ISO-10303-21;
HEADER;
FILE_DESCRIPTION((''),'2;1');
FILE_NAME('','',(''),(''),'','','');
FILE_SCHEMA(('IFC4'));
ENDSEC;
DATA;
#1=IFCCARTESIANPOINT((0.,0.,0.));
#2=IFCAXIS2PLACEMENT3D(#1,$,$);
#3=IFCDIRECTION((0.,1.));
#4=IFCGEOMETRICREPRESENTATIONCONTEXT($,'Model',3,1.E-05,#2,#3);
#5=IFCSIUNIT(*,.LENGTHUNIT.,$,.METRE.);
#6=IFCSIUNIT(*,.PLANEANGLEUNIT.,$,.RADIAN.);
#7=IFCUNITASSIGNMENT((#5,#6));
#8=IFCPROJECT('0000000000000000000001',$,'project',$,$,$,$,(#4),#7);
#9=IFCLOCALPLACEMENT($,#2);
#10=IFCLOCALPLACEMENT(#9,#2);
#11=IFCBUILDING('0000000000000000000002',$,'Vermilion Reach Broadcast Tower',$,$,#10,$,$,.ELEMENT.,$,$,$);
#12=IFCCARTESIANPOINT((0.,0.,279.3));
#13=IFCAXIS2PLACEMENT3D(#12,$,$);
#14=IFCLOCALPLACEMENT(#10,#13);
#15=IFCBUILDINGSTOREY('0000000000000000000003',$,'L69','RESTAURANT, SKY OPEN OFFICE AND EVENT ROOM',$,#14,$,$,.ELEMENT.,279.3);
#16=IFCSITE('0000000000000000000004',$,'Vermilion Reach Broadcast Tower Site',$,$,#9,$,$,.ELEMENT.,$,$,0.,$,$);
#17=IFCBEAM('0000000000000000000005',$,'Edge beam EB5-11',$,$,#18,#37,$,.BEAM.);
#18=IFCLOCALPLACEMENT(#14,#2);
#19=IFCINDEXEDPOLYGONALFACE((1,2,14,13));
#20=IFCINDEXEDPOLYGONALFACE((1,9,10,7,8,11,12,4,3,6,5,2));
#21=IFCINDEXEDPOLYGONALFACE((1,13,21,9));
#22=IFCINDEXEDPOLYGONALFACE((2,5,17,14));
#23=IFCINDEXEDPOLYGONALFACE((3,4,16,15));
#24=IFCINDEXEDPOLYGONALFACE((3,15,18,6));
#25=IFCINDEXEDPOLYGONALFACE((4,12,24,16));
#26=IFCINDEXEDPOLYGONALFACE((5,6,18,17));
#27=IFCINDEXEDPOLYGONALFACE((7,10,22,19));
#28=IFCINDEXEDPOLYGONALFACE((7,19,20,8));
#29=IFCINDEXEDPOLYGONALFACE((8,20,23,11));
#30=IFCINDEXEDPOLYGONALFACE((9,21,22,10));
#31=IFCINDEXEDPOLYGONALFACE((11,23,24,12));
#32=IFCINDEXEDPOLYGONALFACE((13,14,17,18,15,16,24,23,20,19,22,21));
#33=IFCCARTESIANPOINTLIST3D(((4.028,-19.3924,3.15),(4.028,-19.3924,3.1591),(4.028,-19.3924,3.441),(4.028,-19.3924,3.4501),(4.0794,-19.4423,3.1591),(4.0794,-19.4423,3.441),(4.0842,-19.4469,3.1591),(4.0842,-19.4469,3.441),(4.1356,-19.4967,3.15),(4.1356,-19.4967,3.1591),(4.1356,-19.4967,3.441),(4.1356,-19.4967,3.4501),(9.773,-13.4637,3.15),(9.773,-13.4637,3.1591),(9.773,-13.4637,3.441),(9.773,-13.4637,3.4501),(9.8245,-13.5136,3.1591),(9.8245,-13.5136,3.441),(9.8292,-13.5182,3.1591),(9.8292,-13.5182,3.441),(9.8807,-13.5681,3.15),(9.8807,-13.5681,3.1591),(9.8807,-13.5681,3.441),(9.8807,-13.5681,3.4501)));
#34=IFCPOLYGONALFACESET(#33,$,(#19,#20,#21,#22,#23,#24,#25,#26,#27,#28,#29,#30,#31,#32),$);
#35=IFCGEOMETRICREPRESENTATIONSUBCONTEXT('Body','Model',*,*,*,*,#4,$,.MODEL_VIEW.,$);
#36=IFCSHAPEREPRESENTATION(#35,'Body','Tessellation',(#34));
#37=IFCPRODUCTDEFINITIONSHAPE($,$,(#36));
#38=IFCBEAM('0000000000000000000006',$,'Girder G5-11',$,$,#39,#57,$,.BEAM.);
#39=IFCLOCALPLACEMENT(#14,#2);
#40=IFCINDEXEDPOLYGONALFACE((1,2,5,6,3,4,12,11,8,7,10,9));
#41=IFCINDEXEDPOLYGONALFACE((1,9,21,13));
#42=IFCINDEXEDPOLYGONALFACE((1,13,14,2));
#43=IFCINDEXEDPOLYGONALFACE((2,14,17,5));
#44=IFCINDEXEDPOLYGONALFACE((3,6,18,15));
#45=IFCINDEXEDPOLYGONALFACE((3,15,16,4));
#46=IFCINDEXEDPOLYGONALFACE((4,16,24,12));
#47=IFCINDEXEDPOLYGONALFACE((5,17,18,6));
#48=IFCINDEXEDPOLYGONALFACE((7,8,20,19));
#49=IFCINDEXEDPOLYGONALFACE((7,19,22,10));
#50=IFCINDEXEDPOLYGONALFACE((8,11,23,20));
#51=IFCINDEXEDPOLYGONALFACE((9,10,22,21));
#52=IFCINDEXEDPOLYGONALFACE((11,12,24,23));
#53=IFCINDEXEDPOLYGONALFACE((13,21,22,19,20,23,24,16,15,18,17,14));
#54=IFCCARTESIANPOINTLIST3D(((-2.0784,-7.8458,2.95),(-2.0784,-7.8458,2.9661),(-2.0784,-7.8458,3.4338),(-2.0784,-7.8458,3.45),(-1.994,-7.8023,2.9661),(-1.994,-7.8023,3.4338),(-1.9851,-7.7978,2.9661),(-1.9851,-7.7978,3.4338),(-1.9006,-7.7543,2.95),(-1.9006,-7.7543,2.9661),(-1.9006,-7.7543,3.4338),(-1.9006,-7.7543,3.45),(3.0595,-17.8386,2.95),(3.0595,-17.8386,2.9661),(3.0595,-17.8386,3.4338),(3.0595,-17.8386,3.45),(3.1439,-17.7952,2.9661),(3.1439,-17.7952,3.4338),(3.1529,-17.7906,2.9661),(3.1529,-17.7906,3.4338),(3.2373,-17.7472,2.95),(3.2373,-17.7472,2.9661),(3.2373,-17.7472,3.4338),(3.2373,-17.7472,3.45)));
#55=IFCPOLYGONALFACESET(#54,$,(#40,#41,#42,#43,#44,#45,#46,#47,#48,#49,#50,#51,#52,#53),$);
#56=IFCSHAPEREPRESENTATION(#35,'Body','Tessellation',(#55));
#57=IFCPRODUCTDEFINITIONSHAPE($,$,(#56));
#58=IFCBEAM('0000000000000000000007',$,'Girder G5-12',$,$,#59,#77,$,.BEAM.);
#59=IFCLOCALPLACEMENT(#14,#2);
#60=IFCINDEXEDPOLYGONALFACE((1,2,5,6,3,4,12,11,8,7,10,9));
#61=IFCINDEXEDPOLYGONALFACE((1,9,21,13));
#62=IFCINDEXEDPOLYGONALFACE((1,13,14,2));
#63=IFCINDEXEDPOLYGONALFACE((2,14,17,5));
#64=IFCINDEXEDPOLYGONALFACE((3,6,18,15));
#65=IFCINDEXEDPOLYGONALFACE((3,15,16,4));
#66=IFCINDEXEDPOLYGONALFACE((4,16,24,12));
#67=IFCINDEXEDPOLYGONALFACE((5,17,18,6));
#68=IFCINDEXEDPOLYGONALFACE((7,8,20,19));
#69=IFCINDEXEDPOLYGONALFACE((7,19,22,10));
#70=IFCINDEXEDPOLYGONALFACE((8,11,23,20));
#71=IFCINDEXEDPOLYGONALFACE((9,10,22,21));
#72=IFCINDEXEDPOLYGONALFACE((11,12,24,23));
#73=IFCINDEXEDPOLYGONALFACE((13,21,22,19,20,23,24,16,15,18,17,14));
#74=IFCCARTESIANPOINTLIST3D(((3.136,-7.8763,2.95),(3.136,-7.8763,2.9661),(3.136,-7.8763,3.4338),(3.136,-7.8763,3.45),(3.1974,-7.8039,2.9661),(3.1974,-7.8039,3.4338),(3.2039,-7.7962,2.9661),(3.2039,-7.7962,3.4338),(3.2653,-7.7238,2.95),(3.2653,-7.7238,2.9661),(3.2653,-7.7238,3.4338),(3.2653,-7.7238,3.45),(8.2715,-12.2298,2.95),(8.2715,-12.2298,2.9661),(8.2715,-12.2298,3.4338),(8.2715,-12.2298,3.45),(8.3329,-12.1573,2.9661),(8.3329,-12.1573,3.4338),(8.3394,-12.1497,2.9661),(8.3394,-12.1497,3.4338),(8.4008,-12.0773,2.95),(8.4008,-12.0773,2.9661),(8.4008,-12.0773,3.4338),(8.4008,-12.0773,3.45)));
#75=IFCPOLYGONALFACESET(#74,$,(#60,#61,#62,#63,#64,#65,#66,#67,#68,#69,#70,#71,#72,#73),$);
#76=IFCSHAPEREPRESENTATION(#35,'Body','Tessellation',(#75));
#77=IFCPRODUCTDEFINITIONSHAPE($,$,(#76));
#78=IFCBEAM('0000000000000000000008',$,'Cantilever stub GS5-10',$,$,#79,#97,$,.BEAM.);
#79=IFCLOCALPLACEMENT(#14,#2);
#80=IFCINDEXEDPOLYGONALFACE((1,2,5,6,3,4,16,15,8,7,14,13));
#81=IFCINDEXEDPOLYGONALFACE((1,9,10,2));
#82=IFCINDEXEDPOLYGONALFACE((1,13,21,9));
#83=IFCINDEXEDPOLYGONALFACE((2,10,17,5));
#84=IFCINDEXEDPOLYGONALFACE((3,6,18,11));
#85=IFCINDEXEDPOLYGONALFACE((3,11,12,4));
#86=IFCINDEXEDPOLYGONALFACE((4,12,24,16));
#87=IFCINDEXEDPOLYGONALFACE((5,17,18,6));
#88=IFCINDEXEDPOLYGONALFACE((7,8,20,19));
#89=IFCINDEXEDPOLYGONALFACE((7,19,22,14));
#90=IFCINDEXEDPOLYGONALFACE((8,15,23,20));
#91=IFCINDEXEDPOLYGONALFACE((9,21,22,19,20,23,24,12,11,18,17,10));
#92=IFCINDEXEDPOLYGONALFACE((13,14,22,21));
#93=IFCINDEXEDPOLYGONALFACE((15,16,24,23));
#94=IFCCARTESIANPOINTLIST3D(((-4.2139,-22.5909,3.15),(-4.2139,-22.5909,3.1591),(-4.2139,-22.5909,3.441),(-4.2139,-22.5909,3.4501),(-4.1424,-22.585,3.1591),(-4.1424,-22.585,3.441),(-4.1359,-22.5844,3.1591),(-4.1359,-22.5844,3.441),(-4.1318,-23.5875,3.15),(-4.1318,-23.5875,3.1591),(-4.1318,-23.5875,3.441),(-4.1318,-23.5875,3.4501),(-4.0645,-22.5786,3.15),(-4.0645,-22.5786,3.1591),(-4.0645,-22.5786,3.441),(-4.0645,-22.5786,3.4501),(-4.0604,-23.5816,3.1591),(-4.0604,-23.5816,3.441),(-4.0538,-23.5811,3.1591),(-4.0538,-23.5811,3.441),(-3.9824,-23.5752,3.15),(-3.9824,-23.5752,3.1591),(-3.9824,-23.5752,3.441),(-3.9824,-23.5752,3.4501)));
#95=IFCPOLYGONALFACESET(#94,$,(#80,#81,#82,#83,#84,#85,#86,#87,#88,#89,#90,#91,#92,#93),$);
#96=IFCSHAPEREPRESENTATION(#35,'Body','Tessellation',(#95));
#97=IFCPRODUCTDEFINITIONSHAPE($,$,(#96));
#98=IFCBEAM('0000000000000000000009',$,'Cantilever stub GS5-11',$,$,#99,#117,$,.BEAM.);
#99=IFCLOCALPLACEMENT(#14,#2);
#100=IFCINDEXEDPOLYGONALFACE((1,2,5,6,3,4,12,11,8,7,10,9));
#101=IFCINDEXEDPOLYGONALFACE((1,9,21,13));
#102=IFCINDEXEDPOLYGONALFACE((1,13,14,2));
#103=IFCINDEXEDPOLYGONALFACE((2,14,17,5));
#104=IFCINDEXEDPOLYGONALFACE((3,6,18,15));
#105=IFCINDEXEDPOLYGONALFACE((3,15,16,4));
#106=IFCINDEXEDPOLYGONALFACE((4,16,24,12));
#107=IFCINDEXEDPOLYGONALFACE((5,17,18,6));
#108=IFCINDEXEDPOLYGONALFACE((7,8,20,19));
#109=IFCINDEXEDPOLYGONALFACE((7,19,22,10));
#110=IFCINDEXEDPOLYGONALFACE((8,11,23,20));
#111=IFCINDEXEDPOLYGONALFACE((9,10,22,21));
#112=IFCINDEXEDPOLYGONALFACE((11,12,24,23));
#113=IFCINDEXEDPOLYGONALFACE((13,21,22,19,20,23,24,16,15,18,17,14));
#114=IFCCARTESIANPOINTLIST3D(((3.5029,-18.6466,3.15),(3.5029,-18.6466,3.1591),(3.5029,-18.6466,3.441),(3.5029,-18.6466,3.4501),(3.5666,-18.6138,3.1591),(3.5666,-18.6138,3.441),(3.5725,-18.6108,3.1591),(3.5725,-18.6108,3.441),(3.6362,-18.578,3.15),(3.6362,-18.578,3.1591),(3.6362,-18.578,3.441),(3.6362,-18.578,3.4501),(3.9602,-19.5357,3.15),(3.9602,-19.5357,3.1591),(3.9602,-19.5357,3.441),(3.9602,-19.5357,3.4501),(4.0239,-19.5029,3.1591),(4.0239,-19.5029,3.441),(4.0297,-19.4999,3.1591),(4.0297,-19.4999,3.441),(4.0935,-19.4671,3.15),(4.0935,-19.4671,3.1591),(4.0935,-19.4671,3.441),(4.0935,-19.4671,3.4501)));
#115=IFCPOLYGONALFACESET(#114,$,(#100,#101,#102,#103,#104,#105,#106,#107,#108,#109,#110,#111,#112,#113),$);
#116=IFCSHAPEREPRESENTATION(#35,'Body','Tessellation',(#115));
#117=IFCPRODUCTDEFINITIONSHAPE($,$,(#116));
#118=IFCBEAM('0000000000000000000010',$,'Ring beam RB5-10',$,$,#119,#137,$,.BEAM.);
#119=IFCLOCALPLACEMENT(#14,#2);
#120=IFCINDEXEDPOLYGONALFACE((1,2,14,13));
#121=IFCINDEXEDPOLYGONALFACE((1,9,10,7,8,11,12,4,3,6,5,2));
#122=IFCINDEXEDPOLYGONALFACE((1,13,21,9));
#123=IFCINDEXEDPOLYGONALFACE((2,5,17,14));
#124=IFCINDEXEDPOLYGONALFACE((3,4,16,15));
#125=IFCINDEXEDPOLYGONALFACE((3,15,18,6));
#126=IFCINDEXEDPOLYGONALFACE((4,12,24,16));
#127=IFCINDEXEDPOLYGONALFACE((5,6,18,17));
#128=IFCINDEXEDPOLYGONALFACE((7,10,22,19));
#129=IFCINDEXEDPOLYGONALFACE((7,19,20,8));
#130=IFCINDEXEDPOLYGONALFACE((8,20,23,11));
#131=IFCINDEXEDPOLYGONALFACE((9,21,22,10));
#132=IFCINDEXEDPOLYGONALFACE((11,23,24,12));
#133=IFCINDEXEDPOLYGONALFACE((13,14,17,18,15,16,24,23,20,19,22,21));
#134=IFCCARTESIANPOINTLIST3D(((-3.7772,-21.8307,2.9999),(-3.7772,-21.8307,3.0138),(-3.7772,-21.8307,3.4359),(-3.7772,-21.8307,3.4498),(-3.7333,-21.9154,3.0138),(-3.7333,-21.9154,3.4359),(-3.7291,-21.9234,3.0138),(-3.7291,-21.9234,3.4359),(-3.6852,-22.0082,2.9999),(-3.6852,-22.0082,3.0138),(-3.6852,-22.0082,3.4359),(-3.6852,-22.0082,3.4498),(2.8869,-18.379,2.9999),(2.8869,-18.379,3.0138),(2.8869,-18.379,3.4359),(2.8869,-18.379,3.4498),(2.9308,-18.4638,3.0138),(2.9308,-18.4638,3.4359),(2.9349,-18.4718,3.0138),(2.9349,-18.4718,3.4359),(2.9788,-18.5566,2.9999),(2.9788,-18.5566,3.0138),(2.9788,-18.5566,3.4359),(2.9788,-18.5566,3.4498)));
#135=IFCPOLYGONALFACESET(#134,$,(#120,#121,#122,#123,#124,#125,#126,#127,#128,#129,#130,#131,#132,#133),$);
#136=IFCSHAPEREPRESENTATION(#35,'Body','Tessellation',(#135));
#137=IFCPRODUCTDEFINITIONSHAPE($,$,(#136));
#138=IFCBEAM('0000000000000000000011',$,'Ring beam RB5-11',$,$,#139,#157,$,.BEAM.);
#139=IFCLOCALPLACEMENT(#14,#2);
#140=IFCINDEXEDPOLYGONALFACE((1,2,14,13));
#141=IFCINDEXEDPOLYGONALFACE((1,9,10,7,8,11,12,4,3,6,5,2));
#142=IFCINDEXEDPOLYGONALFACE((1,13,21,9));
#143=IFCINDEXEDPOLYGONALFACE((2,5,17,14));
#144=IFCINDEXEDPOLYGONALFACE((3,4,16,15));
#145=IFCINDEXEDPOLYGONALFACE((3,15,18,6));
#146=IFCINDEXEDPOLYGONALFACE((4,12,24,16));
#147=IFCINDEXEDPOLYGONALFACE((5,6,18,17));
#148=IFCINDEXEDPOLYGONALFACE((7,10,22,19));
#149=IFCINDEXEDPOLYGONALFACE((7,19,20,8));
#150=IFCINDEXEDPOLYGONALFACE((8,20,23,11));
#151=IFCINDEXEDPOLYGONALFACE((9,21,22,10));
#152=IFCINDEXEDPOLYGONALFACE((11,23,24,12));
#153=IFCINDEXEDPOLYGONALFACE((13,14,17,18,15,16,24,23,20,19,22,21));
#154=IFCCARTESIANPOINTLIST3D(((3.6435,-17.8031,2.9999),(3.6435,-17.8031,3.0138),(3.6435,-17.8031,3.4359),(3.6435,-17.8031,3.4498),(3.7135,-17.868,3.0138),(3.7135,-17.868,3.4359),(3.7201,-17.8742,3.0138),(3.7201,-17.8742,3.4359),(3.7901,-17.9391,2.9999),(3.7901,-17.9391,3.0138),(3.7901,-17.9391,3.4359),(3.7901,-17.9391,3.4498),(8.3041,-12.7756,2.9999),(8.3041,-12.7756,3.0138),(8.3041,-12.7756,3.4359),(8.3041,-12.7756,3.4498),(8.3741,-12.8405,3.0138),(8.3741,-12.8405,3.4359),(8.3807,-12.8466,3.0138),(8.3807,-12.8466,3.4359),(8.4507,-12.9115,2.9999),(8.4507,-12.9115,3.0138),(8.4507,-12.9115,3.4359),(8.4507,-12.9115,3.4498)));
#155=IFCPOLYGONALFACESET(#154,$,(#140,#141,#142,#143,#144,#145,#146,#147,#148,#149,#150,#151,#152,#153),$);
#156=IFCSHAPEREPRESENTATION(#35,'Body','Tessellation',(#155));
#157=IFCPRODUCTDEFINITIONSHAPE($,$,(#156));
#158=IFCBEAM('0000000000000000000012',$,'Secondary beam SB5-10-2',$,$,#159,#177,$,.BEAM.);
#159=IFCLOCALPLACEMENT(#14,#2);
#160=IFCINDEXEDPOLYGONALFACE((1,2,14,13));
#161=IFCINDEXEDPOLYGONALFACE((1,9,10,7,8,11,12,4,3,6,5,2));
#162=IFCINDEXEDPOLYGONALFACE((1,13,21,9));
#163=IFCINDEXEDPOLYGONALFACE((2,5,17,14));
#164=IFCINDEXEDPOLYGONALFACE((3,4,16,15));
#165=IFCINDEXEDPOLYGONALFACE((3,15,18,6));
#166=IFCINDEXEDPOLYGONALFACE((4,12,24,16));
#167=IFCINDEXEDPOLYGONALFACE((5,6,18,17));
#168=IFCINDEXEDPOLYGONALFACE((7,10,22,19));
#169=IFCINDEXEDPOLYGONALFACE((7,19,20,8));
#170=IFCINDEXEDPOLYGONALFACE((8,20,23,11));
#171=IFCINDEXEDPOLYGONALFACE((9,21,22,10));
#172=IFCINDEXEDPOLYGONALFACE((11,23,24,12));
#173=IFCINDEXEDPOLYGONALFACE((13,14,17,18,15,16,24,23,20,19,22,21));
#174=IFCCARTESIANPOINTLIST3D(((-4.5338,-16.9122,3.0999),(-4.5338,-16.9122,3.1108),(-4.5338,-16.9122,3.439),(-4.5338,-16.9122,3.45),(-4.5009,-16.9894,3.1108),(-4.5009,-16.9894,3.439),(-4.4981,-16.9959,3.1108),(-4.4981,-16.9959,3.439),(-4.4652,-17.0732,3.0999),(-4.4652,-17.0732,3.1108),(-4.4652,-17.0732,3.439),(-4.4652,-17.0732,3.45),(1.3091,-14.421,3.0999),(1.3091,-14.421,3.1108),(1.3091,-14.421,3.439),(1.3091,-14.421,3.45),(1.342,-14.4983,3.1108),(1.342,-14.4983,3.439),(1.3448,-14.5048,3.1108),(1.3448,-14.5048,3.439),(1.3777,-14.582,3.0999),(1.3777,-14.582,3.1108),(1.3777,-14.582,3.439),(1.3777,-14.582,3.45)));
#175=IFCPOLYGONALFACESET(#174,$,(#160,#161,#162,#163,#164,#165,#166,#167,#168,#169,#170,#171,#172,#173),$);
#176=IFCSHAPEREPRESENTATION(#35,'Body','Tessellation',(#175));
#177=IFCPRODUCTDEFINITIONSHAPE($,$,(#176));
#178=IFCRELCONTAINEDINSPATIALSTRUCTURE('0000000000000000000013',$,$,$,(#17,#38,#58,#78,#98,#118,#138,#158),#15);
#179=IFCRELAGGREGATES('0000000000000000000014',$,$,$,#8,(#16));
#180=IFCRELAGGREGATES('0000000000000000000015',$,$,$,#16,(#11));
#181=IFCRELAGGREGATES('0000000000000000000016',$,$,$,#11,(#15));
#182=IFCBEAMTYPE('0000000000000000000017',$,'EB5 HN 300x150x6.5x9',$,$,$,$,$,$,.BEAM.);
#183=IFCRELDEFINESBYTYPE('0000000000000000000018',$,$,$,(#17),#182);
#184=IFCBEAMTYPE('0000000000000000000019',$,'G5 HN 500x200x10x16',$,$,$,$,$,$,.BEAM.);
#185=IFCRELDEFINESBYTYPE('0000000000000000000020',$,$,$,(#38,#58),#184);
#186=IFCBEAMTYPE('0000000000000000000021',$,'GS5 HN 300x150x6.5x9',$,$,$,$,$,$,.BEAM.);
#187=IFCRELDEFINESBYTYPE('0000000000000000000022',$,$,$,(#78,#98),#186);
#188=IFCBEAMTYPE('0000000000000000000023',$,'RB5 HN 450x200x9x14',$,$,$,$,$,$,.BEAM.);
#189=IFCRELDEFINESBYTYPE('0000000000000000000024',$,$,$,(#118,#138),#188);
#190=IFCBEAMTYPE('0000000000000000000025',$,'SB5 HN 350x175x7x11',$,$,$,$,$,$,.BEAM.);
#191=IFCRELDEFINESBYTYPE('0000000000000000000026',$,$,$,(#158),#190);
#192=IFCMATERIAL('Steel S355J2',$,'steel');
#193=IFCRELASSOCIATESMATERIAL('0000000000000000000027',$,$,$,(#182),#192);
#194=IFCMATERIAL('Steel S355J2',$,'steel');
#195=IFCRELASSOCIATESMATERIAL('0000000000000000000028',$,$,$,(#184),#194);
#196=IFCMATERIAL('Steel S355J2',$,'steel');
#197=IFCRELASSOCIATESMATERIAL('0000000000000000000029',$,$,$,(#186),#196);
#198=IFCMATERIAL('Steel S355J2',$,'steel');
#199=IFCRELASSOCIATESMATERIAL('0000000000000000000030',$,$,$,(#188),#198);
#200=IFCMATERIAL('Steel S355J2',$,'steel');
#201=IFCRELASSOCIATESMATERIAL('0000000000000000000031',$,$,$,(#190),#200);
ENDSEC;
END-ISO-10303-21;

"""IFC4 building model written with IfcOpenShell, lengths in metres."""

from ifc_helpers import new_model, si_unit, direction, frame, origin, origin_2d, place, context, subcontext, project, spatial, i_section, extrude, material, material_profile, profile_set, type_object, element, save


model = new_model("IFC4")

# Units and contexts
model_context = context("Model", 3, precision=1e-05, world=origin(), true_north=direction((0.0, 1.0)))
body_context = subcontext(model_context, "Body", "Model", "MODEL_VIEW")
ifc_project = project(units=[si_unit("LENGTHUNIT", "METRE"), si_unit("PLANEANGLEUNIT", "RADIAN")], contexts=[model_context])

# Site, building, storey
site_placement = place(None, origin())
site = spatial("IfcSite", under=ifc_project, at=site_placement, Name="Vermilion Reach Broadcast Tower Site", CompositionType="ELEMENT", RefElevation=0.0)
building_placement = place(site_placement, origin())
building = spatial("IfcBuilding", under=site, at=building_placement, Name="Vermilion Reach Broadcast Tower", CompositionType="ELEMENT")
storey_placement = place(building_placement, frame((0.0, 0.0, 279.3)))
storey = spatial("IfcBuildingStorey", under=building, at=storey_placement, Name="L69", Description="RESTAURANT, SKY OPEN OFFICE AND EVENT ROOM", CompositionType="ELEMENT", Elevation=279.3)

# Beams
ifc_material_1 = material(Name="Steel S355J2", Category="steel")
ifc_material_profile_1 = material_profile(ifc_material_1, i_section(OverallWidth=0.1499, OverallDepth=0.3, WebThickness=0.0066, FlangeThickness=0.009, at=origin_2d()), Name="S355J2 HN 300x150x6.5x9")
ifc_profile_set_1 = profile_set([ifc_material_profile_1], Name="Steel S355J2")
beam_type_1 = type_object("IfcBeamType", Name="EB5 HN 300x150x6.5x9", PredefinedType="BEAM", material=ifc_profile_set_1)
beam_1_placement = place(storey_placement, frame((4.0818, -19.4446, 3.3), z_axis=(0.6959, 0.718139, 0.0), x_axis=(-0.718139, 0.6959, 0.0)))
element("IfcBeam", 1, at=beam_1_placement, inside=storey, type_object=beam_type_1, Name="Edge beam EB5-11", PredefinedType="BEAM", context=body_context, shape_type="SweptSolid", body=[
    extrude(i_section(OverallWidth=0.1499, OverallDepth=0.3, WebThickness=0.0066, FlangeThickness=0.009, at=origin_2d()), origin(), (0.0, 0.0, 1.0), 8.2556),
])
ifc_material_2 = material(Name="Steel S355J2", Category="steel")
ifc_material_profile_2 = material_profile(ifc_material_2, i_section(OverallWidth=0.2, OverallDepth=0.5, WebThickness=0.01, FlangeThickness=0.0161, at=origin_2d()), Name="S355J2 HN 500x200x10x16")
ifc_profile_set_2 = profile_set([ifc_material_profile_2], Name="Steel S355J2")
beam_type_2 = type_object("IfcBeamType", Name="G5 HN 500x200x10x16", PredefinedType="BEAM", material=ifc_profile_set_2)
beam_2_placement = place(storey_placement, frame((-1.9895, -7.8, 3.2), z_axis=(0.457258, -0.889334, 0.0), x_axis=(0.889334, 0.457258, 0.0)))
element("IfcBeam", 2, at=beam_2_placement, inside=storey, type_object=beam_type_2, Name="Girder G5-11", PredefinedType="BEAM", context=body_context, shape_type="SweptSolid", body=[
    extrude(i_section(OverallWidth=0.2, OverallDepth=0.5, WebThickness=0.01, FlangeThickness=0.0161, at=origin_2d()), origin(), (0.0, 0.0, 1.0), 11.2363),
])
beam_3_placement = place(storey_placement, frame((3.2007, -7.8, 3.2), z_axis=(0.762793, -0.646643, 0.0), x_axis=(0.646643, 0.762793, 0.0)))
element("IfcBeam", 3, at=beam_3_placement, inside=storey, type_object=beam_type_2, Name="Girder G5-12", PredefinedType="BEAM", context=body_context, shape_type="SweptSolid", body=[
    extrude(i_section(OverallWidth=0.2, OverallDepth=0.5, WebThickness=0.01, FlangeThickness=0.0161, at=origin_2d()), origin(), (0.0, 0.0, 1.0), 6.7324),
])
ifc_material_3 = material(Name="Steel S355J2", Category="steel")
ifc_material_profile_3 = material_profile(ifc_material_3, i_section(OverallWidth=0.1499, OverallDepth=0.3, WebThickness=0.0066, FlangeThickness=0.009, at=origin_2d()), Name="S355J2 HN 300x150x6.5x9")
ifc_profile_set_3 = profile_set([ifc_material_profile_3], Name="Steel S355J2")
beam_type_3 = type_object("IfcBeamType", Name="GS5 HN 300x150x6.5x9", PredefinedType="BEAM", material=ifc_profile_set_3)
beam_4_placement = place(storey_placement, frame((-4.1392, -22.5847, 3.3), z_axis=(0.082035, -0.996629, 0.0), x_axis=(0.996629, 0.082035, 0.0)))
element("IfcBeam", 4, at=beam_4_placement, inside=storey, type_object=beam_type_3, Name="Cantilever stub GS5-10", PredefinedType="BEAM", context=body_context, shape_type="SweptSolid", body=[
    extrude(i_section(OverallWidth=0.1499, OverallDepth=0.3, WebThickness=0.0066, FlangeThickness=0.009, at=origin_2d()), origin(), (0.0, 0.0, 1.0), 1.0),
])
beam_5_placement = place(storey_placement, frame((3.5696, -18.6123, 3.3), z_axis=(0.457342, -0.889291, 0.0), x_axis=(0.889291, 0.457342, 0.0)))
element("IfcBeam", 5, at=beam_5_placement, inside=storey, type_object=beam_type_3, Name="Cantilever stub GS5-11", PredefinedType="BEAM", context=body_context, shape_type="SweptSolid", body=[
    extrude(i_section(OverallWidth=0.1499, OverallDepth=0.3, WebThickness=0.0066, FlangeThickness=0.009, at=origin_2d()), origin(), (0.0, 0.0, 1.0), 0.9998),
])
ifc_material_4 = material(Name="Steel S355J2", Category="steel")
ifc_material_profile_4 = material_profile(ifc_material_4, i_section(OverallWidth=0.2, OverallDepth=0.45, WebThickness=0.009, FlangeThickness=0.0139, at=origin_2d()), Name="S355J2 HN 450x200x9x14")
ifc_profile_set_4 = profile_set([ifc_material_profile_4], Name="Steel S355J2")
beam_type_4 = type_object("IfcBeamType", Name="RB5 HN 450x200x9x14", PredefinedType="BEAM", material=ifc_profile_set_4)
beam_6_placement = place(storey_placement, frame((-3.7312, -21.9194, 3.2249), z_axis=(0.88796, 0.45992, 0.0), x_axis=(-0.45992, 0.88796, 0.0)))
element("IfcBeam", 6, at=beam_6_placement, inside=storey, type_object=beam_type_4, Name="Ring beam RB5-10", PredefinedType="BEAM", context=body_context, shape_type="SweptSolid", body=[
    extrude(i_section(OverallWidth=0.2, OverallDepth=0.45, WebThickness=0.009, FlangeThickness=0.0139, at=origin_2d()), origin(), (0.0, 0.0, 1.0), 7.5049),
])
beam_7_placement = place(storey_placement, frame((3.7168, -17.8711, 3.2249), z_axis=(0.679838, 0.733363, 0.0), x_axis=(-0.733363, 0.679838, 0.0)))
element("IfcBeam", 7, at=beam_7_placement, inside=storey, type_object=beam_type_4, Name="Ring beam RB5-11", PredefinedType="BEAM", context=body_context, shape_type="SweptSolid", body=[
    extrude(i_section(OverallWidth=0.2, OverallDepth=0.45, WebThickness=0.009, FlangeThickness=0.0139, at=origin_2d()), origin(), (0.0, 0.0, 1.0), 6.8555),
])
ifc_material_5 = material(Name="Steel S355J2", Category="steel")
ifc_material_profile_5 = material_profile(ifc_material_5, i_section(OverallWidth=0.175, OverallDepth=0.3501, WebThickness=0.0071, FlangeThickness=0.011, at=origin_2d()), Name="S355J2 HN 350x175x7x11")
ifc_profile_set_5 = profile_set([ifc_material_profile_5], Name="Steel S355J2")
beam_type_5 = type_object("IfcBeamType", Name="SB5 HN 350x175x7x11", PredefinedType="BEAM", material=ifc_profile_set_5)
beam_8_placement = place(storey_placement, frame((-4.4995, -16.9927, 3.2749), z_axis=(0.919881, 0.392198, 0.0), x_axis=(-0.392198, 0.919881, 0.0)))
element("IfcBeam", 8, at=beam_8_placement, inside=storey, type_object=beam_type_5, Name="Secondary beam SB5-10-2", PredefinedType="BEAM", context=body_context, shape_type="SweptSolid", body=[
    extrude(i_section(OverallWidth=0.175, OverallDepth=0.3501, WebThickness=0.0071, FlangeThickness=0.011, at=origin_2d()), origin(), (0.0, 0.0, 1.0), 6.3518),
])

save(model, "model.ifc")
